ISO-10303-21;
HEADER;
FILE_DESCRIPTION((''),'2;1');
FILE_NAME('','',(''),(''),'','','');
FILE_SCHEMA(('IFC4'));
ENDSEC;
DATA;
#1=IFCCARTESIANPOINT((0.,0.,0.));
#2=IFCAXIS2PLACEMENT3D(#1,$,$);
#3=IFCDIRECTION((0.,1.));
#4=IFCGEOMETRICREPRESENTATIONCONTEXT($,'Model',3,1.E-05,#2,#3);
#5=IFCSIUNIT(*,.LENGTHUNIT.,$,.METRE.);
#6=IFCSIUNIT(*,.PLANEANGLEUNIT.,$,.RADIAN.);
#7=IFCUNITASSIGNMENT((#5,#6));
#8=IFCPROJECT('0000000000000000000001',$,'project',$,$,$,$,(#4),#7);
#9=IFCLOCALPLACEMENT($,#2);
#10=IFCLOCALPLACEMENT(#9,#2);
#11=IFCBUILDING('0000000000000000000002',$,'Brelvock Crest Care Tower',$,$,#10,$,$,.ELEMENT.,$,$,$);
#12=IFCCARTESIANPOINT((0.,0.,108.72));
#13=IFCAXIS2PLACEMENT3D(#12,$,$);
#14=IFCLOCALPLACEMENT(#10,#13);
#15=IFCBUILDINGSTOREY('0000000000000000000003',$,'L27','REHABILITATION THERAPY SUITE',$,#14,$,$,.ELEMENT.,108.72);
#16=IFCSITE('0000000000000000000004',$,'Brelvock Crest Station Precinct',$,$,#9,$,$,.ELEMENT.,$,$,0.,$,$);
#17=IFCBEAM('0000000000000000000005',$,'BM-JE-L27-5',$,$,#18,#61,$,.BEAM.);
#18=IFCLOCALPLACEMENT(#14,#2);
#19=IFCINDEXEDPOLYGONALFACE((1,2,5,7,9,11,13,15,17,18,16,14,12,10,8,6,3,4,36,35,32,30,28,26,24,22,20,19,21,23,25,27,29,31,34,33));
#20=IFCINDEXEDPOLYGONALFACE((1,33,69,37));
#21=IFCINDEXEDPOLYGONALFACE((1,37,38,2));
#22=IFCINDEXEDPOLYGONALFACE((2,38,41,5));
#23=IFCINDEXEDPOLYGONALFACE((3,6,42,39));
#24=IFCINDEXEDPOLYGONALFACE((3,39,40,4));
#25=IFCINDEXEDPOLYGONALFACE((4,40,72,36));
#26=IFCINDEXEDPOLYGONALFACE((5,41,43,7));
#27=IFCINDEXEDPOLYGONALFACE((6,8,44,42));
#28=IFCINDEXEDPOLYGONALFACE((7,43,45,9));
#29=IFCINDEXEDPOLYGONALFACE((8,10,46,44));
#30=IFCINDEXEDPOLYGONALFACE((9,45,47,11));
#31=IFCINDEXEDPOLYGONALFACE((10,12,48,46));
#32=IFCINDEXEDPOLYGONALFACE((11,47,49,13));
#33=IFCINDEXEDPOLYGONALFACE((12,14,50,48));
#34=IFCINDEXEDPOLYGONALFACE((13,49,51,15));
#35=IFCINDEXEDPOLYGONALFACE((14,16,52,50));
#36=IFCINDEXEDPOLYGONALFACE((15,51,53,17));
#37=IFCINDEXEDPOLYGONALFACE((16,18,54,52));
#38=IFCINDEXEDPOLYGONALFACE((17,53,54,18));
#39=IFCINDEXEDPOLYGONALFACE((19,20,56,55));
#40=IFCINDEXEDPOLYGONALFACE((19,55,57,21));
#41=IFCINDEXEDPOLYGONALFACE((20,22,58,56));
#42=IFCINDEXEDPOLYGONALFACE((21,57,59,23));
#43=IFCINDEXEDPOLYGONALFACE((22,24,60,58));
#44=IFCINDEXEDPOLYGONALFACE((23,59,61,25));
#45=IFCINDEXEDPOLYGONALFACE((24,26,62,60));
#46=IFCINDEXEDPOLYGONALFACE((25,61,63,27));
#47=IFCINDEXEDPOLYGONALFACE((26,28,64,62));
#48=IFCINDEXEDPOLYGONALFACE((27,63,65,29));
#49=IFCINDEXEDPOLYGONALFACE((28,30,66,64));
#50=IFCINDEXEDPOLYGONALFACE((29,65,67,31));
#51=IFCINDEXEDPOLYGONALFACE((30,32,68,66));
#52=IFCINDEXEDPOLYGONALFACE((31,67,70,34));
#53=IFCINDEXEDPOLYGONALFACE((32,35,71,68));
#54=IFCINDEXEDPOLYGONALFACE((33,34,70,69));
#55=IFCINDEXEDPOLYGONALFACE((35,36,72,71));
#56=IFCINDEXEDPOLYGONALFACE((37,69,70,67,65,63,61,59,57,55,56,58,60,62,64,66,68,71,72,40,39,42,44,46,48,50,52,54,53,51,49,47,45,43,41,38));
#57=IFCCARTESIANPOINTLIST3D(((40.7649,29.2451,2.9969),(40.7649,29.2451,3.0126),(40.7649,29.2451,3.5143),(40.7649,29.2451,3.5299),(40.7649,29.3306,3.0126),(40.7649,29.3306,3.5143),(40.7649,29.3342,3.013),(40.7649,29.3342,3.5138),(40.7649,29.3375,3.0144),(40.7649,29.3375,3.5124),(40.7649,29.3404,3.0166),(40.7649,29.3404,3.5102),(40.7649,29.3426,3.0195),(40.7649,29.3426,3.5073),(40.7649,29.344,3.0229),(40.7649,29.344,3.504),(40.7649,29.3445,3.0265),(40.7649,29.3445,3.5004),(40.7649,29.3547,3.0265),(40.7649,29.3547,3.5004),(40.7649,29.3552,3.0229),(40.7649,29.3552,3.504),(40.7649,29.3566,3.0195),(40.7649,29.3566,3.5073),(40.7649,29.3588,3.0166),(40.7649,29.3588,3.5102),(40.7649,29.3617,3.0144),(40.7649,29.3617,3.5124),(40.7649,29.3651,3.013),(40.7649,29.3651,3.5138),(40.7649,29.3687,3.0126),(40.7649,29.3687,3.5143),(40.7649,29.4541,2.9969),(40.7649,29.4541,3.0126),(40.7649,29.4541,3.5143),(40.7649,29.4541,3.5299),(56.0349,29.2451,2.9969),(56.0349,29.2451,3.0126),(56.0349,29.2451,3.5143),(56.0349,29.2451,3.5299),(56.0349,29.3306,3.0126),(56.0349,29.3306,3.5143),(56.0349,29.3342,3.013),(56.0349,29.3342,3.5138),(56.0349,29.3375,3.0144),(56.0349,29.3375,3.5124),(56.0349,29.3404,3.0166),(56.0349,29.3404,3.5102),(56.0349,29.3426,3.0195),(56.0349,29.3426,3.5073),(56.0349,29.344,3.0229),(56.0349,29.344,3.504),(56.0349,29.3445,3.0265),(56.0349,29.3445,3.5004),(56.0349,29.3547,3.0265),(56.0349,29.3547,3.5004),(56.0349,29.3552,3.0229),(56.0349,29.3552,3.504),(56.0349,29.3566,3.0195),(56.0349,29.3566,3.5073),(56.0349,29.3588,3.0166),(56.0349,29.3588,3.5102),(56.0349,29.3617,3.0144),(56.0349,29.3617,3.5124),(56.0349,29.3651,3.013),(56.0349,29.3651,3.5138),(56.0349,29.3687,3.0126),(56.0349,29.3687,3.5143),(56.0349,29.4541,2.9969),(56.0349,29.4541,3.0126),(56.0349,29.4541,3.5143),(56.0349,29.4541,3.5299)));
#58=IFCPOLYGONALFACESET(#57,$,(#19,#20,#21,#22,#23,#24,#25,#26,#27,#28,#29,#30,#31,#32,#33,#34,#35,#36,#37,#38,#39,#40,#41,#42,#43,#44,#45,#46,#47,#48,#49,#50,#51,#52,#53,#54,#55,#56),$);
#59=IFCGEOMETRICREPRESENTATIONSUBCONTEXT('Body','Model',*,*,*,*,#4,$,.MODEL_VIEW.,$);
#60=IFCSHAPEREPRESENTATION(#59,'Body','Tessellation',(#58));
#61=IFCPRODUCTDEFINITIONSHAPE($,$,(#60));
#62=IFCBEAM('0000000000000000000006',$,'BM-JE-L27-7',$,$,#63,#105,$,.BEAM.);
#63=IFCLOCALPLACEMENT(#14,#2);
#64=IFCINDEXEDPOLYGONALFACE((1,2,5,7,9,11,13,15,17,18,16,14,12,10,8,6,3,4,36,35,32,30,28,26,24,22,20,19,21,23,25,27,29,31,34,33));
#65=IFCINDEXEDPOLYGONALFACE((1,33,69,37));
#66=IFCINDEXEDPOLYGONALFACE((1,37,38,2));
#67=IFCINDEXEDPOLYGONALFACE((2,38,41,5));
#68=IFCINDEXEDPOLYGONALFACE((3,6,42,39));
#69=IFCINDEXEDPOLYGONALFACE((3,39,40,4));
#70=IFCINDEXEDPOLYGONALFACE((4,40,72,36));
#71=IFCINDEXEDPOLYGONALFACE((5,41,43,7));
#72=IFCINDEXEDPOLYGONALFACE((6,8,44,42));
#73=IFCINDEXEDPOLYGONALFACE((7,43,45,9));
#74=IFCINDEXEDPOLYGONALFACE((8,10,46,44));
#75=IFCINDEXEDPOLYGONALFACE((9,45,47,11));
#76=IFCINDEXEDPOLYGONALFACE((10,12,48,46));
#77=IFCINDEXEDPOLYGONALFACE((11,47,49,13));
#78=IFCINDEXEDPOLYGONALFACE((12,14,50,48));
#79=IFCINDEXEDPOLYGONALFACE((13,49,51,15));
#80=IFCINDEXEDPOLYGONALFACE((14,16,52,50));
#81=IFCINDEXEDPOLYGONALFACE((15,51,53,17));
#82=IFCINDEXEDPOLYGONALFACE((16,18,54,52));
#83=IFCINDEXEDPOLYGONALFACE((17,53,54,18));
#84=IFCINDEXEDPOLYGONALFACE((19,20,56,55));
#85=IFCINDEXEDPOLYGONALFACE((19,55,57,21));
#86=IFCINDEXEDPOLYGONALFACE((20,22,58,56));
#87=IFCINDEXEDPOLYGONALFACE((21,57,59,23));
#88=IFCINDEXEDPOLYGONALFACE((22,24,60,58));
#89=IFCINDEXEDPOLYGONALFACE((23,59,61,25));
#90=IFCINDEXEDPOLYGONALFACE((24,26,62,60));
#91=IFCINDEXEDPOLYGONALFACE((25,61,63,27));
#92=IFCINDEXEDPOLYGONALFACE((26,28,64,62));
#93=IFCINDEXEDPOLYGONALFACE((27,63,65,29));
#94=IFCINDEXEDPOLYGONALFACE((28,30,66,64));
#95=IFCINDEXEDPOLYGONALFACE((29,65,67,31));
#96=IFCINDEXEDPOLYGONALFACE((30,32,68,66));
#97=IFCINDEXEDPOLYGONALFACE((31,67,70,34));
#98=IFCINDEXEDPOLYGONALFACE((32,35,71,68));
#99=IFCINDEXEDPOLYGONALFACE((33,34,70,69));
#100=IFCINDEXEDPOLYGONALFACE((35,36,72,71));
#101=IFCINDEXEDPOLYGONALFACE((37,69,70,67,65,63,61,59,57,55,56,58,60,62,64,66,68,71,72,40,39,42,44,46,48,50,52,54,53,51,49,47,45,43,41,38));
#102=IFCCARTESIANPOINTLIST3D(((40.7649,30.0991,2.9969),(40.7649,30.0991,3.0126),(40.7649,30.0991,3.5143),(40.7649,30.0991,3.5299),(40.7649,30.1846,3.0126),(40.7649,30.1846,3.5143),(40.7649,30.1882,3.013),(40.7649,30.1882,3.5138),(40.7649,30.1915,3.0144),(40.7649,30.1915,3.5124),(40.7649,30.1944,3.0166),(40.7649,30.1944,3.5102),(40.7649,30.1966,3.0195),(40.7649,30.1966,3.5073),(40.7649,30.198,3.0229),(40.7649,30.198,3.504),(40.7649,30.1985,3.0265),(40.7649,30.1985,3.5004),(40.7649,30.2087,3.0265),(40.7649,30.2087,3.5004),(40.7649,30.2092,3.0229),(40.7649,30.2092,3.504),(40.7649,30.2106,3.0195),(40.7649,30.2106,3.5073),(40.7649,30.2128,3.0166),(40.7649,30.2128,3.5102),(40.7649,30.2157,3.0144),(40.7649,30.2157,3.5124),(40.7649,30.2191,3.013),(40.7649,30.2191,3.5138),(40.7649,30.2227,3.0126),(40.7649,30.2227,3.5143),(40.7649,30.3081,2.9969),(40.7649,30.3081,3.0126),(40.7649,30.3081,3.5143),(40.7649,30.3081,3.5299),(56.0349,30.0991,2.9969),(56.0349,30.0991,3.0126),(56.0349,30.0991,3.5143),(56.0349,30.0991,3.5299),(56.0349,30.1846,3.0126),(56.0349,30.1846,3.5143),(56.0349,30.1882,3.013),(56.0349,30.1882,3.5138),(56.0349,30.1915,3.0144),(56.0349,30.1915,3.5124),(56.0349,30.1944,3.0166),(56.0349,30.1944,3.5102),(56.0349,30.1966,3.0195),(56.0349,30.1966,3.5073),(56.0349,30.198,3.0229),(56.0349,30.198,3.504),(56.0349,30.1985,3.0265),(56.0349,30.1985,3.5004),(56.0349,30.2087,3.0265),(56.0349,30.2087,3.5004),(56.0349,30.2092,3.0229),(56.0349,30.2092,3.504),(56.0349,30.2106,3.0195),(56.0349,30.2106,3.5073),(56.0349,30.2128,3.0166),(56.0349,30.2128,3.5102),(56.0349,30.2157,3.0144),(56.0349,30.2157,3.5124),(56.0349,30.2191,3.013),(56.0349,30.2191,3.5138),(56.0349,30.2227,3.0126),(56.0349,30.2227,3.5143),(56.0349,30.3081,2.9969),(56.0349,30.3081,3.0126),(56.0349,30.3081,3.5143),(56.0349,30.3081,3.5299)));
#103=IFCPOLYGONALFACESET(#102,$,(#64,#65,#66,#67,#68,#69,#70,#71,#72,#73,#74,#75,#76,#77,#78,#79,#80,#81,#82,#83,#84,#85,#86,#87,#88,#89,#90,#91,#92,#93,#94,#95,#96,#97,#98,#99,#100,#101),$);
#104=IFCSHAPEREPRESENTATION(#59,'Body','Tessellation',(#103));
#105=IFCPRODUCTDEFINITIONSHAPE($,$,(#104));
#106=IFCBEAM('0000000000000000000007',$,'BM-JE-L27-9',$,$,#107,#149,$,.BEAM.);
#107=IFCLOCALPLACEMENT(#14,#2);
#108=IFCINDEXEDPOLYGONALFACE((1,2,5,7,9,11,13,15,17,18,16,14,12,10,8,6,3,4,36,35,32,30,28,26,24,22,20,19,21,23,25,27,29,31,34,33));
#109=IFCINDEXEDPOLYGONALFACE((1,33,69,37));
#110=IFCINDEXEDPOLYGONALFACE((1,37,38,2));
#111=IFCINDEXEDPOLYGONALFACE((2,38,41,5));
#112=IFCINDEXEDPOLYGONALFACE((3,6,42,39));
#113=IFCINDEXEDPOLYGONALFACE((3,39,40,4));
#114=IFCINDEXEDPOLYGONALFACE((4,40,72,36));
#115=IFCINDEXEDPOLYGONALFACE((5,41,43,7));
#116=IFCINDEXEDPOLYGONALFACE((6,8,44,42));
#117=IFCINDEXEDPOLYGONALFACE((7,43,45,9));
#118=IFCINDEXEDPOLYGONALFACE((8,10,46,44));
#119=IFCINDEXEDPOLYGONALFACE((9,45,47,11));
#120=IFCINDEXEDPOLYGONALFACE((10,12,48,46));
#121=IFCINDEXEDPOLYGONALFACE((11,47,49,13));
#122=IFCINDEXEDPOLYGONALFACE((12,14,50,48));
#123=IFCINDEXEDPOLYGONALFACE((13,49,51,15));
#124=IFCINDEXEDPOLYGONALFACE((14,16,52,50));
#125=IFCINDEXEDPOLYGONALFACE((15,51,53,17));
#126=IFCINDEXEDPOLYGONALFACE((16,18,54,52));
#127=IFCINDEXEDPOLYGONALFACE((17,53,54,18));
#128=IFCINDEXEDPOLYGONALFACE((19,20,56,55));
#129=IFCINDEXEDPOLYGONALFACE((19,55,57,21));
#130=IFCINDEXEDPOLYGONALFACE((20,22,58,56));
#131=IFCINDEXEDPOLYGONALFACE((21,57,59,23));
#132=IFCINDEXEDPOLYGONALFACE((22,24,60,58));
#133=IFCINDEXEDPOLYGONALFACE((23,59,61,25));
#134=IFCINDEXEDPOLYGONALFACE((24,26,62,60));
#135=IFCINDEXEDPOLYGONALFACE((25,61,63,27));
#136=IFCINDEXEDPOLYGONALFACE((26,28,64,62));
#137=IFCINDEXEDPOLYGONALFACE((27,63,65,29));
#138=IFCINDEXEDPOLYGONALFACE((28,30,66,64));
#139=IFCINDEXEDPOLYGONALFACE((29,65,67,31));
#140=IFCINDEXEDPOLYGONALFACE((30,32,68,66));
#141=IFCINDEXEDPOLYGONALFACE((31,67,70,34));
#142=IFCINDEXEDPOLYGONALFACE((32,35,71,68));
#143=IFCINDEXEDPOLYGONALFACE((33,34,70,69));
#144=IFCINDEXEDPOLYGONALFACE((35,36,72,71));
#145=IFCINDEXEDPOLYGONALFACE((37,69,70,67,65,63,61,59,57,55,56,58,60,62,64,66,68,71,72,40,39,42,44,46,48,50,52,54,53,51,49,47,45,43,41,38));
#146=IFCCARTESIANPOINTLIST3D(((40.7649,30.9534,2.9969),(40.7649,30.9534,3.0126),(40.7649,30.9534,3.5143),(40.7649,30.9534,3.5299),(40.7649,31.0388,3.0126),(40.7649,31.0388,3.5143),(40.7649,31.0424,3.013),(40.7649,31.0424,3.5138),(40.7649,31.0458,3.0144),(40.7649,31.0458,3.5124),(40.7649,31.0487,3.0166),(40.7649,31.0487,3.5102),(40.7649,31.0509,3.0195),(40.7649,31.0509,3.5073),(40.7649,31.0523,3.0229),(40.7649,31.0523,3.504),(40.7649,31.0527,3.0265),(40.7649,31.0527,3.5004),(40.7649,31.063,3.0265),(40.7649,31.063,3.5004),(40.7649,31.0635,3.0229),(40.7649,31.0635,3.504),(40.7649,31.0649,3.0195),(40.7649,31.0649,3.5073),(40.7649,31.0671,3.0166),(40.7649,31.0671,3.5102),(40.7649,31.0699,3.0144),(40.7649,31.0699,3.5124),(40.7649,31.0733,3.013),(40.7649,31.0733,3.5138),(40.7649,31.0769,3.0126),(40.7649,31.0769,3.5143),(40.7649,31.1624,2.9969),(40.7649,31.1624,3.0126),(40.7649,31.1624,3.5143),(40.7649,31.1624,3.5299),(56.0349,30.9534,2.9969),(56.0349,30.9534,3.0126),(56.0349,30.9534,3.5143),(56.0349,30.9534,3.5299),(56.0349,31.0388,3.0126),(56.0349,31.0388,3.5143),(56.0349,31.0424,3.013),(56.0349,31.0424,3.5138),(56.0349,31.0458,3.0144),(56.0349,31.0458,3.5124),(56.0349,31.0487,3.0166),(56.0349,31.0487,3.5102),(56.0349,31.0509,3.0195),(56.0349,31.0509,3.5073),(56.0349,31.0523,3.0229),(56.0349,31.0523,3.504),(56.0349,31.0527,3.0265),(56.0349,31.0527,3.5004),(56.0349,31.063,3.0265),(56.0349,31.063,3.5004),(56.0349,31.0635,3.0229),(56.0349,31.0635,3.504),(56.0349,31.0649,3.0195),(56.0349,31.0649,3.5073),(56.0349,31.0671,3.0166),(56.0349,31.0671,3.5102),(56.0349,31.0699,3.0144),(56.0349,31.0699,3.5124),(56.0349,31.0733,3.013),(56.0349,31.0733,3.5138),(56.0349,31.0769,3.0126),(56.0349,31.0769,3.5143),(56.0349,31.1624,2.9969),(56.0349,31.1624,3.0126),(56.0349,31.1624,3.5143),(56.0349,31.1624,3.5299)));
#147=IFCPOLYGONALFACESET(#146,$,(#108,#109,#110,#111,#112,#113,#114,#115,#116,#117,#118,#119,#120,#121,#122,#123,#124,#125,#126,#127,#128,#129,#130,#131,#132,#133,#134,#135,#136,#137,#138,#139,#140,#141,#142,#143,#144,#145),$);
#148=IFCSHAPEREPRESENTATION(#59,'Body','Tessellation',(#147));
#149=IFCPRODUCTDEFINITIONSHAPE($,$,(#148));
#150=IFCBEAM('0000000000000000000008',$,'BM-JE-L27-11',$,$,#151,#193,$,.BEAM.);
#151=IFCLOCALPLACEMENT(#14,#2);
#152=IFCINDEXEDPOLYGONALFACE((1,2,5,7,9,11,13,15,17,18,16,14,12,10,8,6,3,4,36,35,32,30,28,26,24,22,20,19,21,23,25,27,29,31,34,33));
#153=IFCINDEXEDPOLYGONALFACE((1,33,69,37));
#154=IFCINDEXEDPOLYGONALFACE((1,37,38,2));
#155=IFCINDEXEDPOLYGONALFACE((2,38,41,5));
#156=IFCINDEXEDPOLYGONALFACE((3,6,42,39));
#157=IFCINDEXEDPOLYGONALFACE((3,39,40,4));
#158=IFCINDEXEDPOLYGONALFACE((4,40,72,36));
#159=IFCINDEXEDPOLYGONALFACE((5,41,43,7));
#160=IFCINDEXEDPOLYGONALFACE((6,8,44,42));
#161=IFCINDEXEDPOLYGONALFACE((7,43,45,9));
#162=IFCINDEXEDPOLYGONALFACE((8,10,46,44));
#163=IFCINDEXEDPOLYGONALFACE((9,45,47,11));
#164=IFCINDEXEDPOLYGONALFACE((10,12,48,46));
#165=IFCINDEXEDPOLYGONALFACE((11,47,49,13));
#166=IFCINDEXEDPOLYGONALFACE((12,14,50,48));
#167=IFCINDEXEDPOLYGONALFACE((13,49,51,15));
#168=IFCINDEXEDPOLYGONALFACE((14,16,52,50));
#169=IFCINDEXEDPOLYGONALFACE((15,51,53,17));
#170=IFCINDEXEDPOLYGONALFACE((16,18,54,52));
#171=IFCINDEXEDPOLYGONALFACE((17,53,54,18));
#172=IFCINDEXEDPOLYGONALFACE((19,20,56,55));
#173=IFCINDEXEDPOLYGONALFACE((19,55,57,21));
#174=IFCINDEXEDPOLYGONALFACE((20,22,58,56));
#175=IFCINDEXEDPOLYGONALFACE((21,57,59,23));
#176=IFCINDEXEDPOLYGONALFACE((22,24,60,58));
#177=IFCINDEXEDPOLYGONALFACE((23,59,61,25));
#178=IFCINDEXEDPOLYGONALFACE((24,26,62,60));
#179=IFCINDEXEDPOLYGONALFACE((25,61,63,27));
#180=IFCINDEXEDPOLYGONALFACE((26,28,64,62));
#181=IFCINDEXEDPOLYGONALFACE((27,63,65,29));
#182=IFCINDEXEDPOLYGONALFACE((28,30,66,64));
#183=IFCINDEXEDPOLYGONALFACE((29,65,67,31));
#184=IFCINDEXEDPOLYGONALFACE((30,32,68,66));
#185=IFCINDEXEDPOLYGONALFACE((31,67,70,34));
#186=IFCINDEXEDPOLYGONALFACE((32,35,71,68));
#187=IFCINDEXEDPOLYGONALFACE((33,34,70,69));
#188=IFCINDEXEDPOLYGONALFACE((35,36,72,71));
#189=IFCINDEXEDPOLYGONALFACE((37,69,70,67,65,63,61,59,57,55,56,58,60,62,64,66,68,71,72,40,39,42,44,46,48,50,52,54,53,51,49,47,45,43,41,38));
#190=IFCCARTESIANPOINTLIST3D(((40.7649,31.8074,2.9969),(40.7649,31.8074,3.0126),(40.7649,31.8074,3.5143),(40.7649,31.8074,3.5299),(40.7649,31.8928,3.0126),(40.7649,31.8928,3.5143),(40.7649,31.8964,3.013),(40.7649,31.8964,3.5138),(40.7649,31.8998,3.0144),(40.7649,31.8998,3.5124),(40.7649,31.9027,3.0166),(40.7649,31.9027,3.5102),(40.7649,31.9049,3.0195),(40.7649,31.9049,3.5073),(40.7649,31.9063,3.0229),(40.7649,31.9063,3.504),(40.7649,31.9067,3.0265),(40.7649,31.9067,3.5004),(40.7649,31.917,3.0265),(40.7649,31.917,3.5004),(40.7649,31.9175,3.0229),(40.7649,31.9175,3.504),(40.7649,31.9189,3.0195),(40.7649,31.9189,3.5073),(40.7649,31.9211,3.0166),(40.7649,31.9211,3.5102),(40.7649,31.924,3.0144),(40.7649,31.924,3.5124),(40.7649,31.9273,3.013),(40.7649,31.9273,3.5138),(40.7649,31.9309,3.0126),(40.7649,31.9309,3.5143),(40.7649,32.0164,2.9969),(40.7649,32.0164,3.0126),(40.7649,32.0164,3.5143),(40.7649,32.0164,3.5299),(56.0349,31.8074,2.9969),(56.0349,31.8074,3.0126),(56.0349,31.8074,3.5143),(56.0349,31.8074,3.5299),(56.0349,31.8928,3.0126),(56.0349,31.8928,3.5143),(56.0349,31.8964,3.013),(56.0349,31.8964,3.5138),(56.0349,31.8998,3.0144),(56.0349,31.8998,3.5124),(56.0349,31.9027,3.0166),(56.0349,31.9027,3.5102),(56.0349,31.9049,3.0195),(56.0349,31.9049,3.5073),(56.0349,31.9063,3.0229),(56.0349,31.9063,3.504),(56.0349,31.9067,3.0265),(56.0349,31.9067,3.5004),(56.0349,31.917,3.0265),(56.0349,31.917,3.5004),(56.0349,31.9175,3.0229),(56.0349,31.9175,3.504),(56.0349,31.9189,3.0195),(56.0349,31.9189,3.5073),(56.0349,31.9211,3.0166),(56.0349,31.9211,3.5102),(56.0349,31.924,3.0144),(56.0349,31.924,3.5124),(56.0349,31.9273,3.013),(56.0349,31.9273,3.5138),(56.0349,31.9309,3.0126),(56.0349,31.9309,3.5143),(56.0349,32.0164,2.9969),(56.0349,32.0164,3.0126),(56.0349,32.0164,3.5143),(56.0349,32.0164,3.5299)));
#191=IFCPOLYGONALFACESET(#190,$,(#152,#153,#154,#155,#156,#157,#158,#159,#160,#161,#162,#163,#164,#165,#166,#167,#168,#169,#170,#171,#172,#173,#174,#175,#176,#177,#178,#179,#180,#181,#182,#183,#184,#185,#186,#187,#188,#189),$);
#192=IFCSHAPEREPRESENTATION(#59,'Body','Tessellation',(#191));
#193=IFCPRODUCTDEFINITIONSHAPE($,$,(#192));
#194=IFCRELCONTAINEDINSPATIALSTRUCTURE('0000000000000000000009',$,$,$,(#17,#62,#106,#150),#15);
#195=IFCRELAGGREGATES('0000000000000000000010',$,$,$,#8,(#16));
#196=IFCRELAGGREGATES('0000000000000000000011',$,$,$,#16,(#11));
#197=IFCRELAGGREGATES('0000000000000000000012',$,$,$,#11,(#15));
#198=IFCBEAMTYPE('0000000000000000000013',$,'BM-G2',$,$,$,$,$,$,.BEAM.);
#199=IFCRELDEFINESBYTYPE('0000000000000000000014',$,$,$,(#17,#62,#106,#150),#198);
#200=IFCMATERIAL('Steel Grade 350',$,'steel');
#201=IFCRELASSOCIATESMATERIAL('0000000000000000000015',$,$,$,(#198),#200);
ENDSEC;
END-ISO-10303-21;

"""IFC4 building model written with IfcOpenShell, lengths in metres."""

from ifc_helpers import new_model, si_unit, direction, frame, origin, origin_2d, place, context, subcontext, project, spatial, i_section, extrude, source, transform, mapped, material, material_profile, profile_set, type_object, element, save


model = new_model("IFC4")

# Units and contexts
model_context = context("Model", 3, precision=1e-05, world=origin(), true_north=direction((0.0, 1.0)))
body_context = subcontext(model_context, "Body", "Model", "MODEL_VIEW")
ifc_project = project(units=[si_unit("LENGTHUNIT", "METRE"), si_unit("PLANEANGLEUNIT", "RADIAN")], contexts=[model_context])

# Site, building, storey
site_placement = place(None, origin())
site = spatial("IfcSite", under=ifc_project, at=site_placement, Name="Brelvock Crest Station Precinct", CompositionType="ELEMENT", RefElevation=0.0)
building_placement = place(site_placement, origin())
building = spatial("IfcBuilding", under=site, at=building_placement, Name="Brelvock Crest Care Tower", CompositionType="ELEMENT")
storey_placement = place(building_placement, frame((0.0, 0.0, 108.72)))
storey = spatial("IfcBuildingStorey", under=building, at=storey_placement, Name="L27", Description="REHABILITATION THERAPY SUITE", CompositionType="ELEMENT", Elevation=108.72)

# Shared definitions
ifc_material_1 = material(Name="Steel Grade 350", Category="steel")

# Beams
ifc_material_profile_1 = material_profile(ifc_material_1, i_section(OverallWidth=0.209, OverallDepth=0.533, WebThickness=0.0103, FlangeThickness=0.0156, FilletRadius=0.0139, at=origin_2d()), Name="530UB92.4")
ifc_profile_set_1 = profile_set([ifc_material_profile_1], Name="Steel Grade 350")
beam_type_1 = type_object("IfcBeamType", Name="BM-G2", PredefinedType="BEAM", material=ifc_profile_set_1)
shared_shape_1 = source(origin(), body_context, "Body", "SweptSolid", [
    extrude(i_section(OverallWidth=0.209, OverallDepth=0.533, WebThickness=0.0103, FlangeThickness=0.0156, FilletRadius=0.0139, at=origin_2d()), origin(), (0.0, 0.0, 1.0), 15.27),
])
for number, where, z_axis, x_axis, name in (
    (1, (40.7649, 29.3496, 3.2634), (1.0, 0.0, 0.0), (0.0, 1.0, 0.0), "BM-JE-L27-5"),
    (2, (40.7649, 30.2036, 3.2634), (1.0, 0.0, 0.0), (0.0, 1.0, 0.0), "BM-JE-L27-7"),
    (3, (40.7649, 31.0579, 3.2634), (1.0, 0.0, 0.0), (0.0, 1.0, 0.0), "BM-JE-L27-9"),
    (4, (40.7649, 31.9119, 3.2634), (1.0, 0.0, 0.0), (0.0, 1.0, 0.0), "BM-JE-L27-11"),
):
    element("IfcBeam", number, at=place(storey_placement, frame(where, z_axis=z_axis, x_axis=x_axis)), inside=storey, type_object=beam_type_1, Name=name, PredefinedType="BEAM", context=body_context, shape_type="MappedRepresentation", body=[
        mapped(shared_shape_1, transform((0.0, 0.0, 0.0), x_axis=(1.0, 0.0, 0.0), y_axis=(0.0, 1.0, 0.0), z_axis=(0.0, 0.0, 1.0), scale=1.0)),
    ])

save(model, "model.ifc")
